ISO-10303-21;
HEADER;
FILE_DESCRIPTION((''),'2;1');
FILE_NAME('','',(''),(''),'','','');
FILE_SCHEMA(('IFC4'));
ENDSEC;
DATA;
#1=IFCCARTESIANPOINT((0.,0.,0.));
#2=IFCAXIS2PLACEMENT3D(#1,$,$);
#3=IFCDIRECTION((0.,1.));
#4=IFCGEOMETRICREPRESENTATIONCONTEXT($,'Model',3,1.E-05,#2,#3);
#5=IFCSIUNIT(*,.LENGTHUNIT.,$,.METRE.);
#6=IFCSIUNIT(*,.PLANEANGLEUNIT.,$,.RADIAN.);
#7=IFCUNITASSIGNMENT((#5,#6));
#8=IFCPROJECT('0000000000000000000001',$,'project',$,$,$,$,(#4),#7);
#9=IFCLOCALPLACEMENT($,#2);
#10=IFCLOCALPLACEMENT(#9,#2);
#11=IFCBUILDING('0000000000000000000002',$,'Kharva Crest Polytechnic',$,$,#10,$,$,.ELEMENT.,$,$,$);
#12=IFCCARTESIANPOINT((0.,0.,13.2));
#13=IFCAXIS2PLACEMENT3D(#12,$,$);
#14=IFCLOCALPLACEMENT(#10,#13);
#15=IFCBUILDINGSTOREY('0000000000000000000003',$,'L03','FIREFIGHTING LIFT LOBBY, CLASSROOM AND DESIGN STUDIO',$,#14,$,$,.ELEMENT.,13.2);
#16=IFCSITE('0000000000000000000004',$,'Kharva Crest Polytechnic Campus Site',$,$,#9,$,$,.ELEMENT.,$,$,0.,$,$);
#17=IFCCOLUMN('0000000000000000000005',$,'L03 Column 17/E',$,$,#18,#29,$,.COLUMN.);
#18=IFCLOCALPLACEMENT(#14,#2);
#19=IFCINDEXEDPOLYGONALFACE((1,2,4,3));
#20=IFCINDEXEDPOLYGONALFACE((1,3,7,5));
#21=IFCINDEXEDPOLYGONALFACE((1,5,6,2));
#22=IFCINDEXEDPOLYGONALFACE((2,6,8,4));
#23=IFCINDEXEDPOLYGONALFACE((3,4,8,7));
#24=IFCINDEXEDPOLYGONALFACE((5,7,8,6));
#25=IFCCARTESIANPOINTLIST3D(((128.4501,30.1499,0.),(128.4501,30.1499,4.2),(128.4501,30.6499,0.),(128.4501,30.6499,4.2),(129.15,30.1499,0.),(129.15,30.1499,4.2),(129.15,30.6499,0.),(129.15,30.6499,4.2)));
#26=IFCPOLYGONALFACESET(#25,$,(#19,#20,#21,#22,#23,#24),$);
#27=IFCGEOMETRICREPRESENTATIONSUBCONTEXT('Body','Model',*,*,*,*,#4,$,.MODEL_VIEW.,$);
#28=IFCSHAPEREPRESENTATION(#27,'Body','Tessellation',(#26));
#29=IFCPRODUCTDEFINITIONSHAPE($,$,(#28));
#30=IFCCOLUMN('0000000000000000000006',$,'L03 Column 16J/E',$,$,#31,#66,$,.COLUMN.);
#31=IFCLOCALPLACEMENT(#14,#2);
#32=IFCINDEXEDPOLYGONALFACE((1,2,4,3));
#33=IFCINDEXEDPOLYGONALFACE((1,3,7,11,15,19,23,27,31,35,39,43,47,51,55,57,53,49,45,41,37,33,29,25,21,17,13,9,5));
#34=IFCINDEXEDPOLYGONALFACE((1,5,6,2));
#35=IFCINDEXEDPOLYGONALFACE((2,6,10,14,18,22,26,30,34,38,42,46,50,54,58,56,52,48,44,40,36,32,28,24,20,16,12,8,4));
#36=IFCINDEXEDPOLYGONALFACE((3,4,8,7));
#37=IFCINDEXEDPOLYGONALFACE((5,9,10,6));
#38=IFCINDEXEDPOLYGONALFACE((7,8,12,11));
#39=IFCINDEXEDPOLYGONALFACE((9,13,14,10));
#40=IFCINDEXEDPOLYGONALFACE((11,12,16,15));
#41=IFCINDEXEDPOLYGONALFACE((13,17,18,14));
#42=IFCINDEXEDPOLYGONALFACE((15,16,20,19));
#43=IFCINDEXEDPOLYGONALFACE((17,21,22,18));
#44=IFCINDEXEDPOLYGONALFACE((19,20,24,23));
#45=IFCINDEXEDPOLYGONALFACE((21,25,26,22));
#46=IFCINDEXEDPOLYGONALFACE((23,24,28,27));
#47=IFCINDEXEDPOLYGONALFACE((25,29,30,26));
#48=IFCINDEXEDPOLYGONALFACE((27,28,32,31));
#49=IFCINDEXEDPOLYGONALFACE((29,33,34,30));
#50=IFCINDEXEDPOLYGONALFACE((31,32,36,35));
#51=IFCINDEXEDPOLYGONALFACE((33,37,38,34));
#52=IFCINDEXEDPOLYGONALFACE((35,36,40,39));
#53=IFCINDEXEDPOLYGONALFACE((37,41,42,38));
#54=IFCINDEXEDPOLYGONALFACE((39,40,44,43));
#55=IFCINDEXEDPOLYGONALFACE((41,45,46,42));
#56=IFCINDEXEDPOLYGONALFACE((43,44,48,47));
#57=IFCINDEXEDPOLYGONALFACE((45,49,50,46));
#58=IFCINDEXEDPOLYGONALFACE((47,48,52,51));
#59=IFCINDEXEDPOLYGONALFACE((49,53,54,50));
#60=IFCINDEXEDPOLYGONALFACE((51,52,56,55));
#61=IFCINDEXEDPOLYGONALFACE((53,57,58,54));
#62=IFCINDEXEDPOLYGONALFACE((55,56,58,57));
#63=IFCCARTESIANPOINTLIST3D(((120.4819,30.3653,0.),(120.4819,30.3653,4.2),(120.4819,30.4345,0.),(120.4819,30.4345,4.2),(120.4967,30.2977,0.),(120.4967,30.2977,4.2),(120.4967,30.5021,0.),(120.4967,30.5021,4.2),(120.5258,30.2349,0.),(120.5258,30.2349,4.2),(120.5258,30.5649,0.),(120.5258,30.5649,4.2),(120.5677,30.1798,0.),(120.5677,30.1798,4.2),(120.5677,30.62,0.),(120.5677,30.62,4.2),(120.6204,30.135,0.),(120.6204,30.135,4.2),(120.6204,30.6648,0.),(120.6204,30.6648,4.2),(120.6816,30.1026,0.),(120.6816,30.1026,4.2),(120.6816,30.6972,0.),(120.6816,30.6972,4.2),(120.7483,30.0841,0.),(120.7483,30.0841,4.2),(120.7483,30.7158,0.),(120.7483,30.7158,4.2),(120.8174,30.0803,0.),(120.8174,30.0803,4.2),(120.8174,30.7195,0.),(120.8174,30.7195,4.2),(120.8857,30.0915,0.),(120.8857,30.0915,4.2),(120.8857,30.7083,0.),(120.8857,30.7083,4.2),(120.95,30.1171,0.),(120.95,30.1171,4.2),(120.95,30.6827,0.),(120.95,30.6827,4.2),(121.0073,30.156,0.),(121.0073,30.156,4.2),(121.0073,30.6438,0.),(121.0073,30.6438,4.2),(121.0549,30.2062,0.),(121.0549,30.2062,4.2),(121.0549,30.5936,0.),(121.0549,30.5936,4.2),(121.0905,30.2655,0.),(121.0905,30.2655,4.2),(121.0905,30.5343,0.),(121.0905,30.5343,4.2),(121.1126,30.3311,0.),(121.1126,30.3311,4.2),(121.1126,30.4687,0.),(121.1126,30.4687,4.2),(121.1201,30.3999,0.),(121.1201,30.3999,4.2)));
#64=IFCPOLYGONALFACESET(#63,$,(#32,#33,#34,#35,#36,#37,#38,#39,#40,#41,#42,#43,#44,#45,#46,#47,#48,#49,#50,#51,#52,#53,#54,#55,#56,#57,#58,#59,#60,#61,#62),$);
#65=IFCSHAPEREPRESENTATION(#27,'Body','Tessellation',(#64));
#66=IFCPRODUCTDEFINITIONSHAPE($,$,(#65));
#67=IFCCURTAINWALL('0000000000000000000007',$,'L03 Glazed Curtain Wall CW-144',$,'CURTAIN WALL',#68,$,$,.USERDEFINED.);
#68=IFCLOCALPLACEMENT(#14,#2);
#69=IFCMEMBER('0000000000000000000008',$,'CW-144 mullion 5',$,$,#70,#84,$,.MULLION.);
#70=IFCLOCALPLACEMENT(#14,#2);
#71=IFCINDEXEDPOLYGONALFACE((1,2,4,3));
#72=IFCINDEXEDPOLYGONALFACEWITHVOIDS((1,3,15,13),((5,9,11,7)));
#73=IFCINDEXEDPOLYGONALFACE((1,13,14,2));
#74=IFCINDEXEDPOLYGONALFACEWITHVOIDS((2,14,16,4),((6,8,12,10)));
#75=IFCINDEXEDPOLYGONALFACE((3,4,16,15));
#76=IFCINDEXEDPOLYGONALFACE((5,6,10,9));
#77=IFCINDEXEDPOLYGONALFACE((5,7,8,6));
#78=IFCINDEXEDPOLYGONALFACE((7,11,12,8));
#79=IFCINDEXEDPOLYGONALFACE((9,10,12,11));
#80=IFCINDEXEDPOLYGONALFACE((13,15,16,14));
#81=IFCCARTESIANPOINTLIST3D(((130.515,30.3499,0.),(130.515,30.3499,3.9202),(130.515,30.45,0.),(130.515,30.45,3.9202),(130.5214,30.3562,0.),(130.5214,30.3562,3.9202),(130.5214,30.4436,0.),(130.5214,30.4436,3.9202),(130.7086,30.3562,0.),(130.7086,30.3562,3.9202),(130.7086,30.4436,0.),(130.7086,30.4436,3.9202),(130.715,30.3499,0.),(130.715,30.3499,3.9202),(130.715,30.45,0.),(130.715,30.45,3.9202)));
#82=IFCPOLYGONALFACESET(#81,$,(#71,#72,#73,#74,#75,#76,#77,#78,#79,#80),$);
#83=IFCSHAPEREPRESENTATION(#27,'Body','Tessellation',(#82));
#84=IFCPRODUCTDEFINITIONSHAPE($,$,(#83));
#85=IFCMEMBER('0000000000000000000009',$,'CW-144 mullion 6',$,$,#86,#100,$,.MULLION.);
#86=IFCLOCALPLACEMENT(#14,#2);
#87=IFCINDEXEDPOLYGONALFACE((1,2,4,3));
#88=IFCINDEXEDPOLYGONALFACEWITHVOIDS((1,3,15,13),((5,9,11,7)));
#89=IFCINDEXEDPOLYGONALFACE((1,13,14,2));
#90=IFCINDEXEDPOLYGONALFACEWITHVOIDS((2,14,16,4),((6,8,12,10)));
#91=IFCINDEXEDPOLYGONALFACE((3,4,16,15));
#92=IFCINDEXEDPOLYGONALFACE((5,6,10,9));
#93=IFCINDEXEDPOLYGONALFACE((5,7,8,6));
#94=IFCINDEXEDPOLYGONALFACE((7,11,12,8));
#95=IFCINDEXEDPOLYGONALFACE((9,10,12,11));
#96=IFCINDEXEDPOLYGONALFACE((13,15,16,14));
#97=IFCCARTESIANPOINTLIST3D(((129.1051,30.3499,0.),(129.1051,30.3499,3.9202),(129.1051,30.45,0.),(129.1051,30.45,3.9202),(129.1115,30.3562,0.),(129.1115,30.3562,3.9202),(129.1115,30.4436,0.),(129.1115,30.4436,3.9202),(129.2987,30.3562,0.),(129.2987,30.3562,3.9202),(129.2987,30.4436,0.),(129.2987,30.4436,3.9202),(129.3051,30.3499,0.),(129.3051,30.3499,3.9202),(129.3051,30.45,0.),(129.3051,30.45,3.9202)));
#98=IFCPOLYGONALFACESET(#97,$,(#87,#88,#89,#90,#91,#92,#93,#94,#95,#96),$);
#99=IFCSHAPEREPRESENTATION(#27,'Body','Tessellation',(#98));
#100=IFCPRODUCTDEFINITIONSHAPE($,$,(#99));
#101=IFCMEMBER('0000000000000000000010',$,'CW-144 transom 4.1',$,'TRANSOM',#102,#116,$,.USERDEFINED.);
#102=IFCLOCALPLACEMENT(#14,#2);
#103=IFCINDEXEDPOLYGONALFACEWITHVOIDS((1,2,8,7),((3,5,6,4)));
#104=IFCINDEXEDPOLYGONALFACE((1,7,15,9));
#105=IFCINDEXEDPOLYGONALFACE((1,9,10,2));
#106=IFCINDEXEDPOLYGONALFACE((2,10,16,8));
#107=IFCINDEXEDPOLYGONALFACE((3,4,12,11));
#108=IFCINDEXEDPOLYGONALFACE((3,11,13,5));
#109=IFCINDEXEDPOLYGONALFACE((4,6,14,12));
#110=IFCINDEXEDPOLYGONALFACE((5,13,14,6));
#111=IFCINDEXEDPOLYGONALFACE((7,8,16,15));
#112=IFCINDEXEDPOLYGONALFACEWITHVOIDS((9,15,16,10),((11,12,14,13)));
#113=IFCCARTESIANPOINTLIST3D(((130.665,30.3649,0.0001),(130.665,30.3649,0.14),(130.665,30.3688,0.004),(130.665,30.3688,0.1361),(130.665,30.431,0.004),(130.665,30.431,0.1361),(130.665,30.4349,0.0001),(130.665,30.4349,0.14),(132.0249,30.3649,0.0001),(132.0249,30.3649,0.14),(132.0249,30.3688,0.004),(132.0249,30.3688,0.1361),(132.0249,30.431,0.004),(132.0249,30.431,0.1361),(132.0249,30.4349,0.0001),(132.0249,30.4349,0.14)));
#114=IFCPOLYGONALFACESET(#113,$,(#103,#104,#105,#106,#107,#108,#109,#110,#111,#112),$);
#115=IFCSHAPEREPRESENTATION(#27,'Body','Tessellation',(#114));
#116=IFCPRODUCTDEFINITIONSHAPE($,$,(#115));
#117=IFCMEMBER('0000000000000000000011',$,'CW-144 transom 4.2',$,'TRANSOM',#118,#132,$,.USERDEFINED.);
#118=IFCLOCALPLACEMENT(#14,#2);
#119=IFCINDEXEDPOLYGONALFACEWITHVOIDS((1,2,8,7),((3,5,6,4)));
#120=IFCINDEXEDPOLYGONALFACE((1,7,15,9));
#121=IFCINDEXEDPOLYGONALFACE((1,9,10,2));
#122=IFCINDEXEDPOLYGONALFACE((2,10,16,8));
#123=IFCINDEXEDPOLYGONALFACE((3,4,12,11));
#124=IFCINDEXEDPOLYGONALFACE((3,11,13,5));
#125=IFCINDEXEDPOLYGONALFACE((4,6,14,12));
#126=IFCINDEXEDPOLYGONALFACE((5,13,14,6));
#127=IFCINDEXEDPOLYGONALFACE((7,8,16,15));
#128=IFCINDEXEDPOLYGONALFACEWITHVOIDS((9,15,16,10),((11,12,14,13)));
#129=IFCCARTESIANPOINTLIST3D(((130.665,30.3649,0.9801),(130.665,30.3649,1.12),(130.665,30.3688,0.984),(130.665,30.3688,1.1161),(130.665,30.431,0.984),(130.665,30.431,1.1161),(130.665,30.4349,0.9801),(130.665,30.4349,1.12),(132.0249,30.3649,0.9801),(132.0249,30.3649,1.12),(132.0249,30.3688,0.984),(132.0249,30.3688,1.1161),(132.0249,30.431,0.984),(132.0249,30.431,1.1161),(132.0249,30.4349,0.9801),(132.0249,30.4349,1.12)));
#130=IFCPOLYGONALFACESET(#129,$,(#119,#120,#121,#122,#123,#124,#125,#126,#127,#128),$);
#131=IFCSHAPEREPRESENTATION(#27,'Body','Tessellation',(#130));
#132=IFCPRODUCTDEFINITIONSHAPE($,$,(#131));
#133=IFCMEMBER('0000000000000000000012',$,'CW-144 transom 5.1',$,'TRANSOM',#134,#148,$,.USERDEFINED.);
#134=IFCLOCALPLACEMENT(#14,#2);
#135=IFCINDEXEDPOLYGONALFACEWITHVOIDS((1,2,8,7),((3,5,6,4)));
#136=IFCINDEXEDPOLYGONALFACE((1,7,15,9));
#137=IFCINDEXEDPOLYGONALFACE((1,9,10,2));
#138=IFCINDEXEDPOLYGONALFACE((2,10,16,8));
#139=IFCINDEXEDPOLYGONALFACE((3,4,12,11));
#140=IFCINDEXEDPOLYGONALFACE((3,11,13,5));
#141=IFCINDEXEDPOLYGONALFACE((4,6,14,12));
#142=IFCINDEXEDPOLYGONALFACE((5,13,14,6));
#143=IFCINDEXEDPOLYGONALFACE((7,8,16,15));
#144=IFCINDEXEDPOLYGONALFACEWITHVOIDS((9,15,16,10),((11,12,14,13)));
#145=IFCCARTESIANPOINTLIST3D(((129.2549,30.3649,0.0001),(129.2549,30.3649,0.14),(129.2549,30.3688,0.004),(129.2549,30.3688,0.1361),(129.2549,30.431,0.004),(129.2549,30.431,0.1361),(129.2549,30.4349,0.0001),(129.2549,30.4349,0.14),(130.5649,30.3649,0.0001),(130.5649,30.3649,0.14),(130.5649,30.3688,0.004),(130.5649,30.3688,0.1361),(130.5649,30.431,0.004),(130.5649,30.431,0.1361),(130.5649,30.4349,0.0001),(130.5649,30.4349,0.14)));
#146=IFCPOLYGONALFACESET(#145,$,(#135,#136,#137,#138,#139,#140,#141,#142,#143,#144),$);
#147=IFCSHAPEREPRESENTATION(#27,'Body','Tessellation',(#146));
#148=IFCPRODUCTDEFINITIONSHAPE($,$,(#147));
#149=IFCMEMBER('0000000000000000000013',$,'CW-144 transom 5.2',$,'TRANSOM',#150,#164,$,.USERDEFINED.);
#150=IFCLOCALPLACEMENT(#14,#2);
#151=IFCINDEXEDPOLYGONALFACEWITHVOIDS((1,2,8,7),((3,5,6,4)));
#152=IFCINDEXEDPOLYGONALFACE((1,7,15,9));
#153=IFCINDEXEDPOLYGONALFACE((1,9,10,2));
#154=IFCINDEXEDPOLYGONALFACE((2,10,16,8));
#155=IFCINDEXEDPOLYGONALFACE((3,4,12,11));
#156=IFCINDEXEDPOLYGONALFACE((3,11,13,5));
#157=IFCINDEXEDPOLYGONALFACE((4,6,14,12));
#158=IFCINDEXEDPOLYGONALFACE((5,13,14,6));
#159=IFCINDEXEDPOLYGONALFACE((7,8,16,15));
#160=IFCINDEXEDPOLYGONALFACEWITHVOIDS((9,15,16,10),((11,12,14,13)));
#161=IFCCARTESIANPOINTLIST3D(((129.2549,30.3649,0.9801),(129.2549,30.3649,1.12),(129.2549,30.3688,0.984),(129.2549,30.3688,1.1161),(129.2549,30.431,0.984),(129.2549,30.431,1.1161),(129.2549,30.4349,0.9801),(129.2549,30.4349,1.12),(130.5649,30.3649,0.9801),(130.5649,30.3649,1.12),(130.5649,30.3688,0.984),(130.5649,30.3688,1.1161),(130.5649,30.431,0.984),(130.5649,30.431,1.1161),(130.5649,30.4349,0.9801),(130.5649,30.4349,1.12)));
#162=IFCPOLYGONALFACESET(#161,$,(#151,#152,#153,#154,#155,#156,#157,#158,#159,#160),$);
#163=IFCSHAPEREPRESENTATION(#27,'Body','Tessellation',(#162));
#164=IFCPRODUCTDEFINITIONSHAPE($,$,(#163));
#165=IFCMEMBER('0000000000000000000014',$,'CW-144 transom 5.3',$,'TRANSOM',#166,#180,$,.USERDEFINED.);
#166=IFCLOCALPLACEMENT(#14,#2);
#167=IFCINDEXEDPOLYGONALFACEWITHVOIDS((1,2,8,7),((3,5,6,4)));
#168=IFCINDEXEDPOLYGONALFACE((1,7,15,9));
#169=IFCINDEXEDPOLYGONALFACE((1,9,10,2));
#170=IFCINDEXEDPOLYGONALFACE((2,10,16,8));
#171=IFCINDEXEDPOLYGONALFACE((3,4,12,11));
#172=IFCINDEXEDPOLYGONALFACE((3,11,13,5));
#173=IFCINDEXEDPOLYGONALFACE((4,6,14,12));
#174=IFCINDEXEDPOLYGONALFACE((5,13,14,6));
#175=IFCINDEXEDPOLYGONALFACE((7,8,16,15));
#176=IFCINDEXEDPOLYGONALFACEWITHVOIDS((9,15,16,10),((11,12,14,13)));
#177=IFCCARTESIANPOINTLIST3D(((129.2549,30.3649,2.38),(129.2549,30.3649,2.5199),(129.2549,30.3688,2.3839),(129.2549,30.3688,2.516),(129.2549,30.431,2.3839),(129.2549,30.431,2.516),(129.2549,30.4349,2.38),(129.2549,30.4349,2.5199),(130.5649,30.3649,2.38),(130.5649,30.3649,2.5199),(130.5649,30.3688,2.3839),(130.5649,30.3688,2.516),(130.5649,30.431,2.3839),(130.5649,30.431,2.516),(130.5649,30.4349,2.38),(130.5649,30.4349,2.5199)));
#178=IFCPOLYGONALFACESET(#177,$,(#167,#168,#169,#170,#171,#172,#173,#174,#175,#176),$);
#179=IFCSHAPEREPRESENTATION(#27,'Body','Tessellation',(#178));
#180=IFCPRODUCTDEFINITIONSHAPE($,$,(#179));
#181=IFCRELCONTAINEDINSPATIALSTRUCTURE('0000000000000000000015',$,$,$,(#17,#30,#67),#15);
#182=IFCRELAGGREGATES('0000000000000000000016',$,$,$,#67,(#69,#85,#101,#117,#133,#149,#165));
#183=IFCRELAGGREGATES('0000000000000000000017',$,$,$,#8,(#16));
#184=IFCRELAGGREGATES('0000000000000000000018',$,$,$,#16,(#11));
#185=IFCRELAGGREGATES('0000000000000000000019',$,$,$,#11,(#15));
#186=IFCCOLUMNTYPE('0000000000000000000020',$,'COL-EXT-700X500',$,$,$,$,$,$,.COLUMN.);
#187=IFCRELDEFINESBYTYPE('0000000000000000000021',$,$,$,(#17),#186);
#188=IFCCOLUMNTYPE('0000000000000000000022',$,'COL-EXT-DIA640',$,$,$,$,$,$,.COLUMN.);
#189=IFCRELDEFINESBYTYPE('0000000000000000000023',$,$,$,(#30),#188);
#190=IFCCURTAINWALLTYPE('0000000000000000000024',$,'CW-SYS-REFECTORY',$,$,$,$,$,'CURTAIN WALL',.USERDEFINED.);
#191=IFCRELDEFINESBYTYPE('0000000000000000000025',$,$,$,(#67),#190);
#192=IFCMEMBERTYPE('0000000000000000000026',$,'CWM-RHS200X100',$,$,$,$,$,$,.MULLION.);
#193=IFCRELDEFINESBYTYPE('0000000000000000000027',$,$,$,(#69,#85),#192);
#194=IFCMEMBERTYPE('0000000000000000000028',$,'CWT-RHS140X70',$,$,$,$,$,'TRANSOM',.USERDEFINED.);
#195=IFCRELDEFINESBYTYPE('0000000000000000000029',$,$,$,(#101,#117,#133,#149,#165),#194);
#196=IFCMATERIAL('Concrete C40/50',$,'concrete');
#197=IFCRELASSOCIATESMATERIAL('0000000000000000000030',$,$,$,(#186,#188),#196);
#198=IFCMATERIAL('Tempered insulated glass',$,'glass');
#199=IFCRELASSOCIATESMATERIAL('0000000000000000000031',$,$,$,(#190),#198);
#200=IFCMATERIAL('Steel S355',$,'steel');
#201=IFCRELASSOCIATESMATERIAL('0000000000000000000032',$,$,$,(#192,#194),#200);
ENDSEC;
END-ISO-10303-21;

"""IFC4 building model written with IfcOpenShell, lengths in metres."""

from ifc_helpers import new_model, si_unit, direction, frame, origin, origin_2d, place, context, subcontext, project, spatial, rectangle, hollow_rectangle, circle, extrude, material, material_profile, profile_set, type_object, element, aggregate, save


model = new_model("IFC4")

# Units and contexts
model_context = context("Model", 3, precision=1e-05, world=origin(), true_north=direction((0.0, 1.0)))
body_context = subcontext(model_context, "Body", "Model", "MODEL_VIEW")
ifc_project = project(units=[si_unit("LENGTHUNIT", "METRE"), si_unit("PLANEANGLEUNIT", "RADIAN")], contexts=[model_context])

# Site, building, storey
site_placement = place(None, origin())
site = spatial("IfcSite", under=ifc_project, at=site_placement, Name="Kharva Crest Polytechnic Campus Site", CompositionType="ELEMENT", RefElevation=0.0)
building_placement = place(site_placement, origin())
building = spatial("IfcBuilding", under=site, at=building_placement, Name="Kharva Crest Polytechnic", CompositionType="ELEMENT")
storey_placement = place(building_placement, frame((0.0, 0.0, 13.2)))
storey = spatial("IfcBuildingStorey", under=building, at=storey_placement, Name="L03", Description="FIREFIGHTING LIFT LOBBY, CLASSROOM AND DESIGN STUDIO", CompositionType="ELEMENT", Elevation=13.2)

# Columns
ifc_material_1 = material(Name="Concrete C40/50", Category="concrete")
ifc_material_profile_1 = material_profile(ifc_material_1, rectangle(XDim=0.7, YDim=0.5, at=origin_2d()), Name="RECT 700 X 500")
ifc_profile_set_1 = profile_set([ifc_material_profile_1], Name="Concrete C40/50")
column_type_1 = type_object("IfcColumnType", Name="COL-EXT-700X500", PredefinedType="COLUMN", material=ifc_profile_set_1)
column_1_placement = place(storey_placement, frame((128.8, 30.3999, 0.0), z_axis=(0.0, 0.0, 1.0), x_axis=(1.0, 0.0, 0.0)))
element("IfcColumn", 1, at=column_1_placement, inside=storey, type_object=column_type_1, Name="L03 Column 17/E", PredefinedType="COLUMN", context=body_context, shape_type="SweptSolid", body=[
    extrude(rectangle(XDim=0.7, YDim=0.5, at=origin_2d()), origin(), (0.0, 0.0, 1.0), 4.2),
])
ifc_material_profile_2 = material_profile(ifc_material_1, circle(Radius=0.3201, at=origin_2d()), Name="DIA 640")
ifc_profile_set_2 = profile_set([ifc_material_profile_2], Name="Concrete C40/50")
column_type_2 = type_object("IfcColumnType", Name="COL-EXT-DIA640", PredefinedType="COLUMN", material=ifc_profile_set_2)
column_2_placement = place(storey_placement, frame((120.8, 30.3999, 0.0), z_axis=(0.0, 0.0, 1.0), x_axis=(1.0, 0.0, 0.0)))
element("IfcColumn", 2, at=column_2_placement, inside=storey, type_object=column_type_2, Name="L03 Column 16J/E", PredefinedType="COLUMN", context=body_context, shape_type="SweptSolid", body=[
    extrude(circle(Radius=0.3201, at=origin_2d()), origin(), (0.0, 0.0, 1.0), 4.2),
])

# Curtain wall, members
ifc_material_2 = material(Name="Tempered insulated glass", Category="glass")
curtain_wall_type = type_object("IfcCurtainWallType", Name="CW-SYS-REFECTORY", ElementType="CURTAIN WALL", PredefinedType="USERDEFINED", material=ifc_material_2)
curtain_wall_placement = place(storey_placement, origin())
curtain_wall = element("IfcCurtainWall", 3, at=curtain_wall_placement, inside=storey, type_object=curtain_wall_type, Name="L03 Glazed Curtain Wall CW-144", ObjectType="CURTAIN WALL", PredefinedType="USERDEFINED")
ifc_material_3 = material(Name="Steel S355", Category="steel")
ifc_material_profile_3 = material_profile(ifc_material_3, hollow_rectangle(XDim=0.1001, YDim=0.2, WallThickness=0.0063, at=origin_2d()), Name="RHS 200X100X6.3")
ifc_profile_set_3 = profile_set([ifc_material_profile_3], Name="Steel S355")
member_type_1 = type_object("IfcMemberType", Name="CWM-RHS200X100", PredefinedType="MULLION", material=ifc_profile_set_3)
member_1_placement = place(storey_placement, frame((130.615, 30.3999, 0.0), z_axis=(0.0, 0.0, 1.0), x_axis=(0.0, -1.0, 0.0)))
member_1 = element("IfcMember", 4, at=member_1_placement, type_object=member_type_1, Name="CW-144 mullion 5", PredefinedType="MULLION", context=body_context, shape_type="SweptSolid", body=[
    extrude(hollow_rectangle(XDim=0.1001, YDim=0.2, WallThickness=0.0063, at=origin_2d()), origin(), (0.0, 0.0, 1.0), 3.9202),
])
member_2_placement = place(storey_placement, frame((129.2051, 30.3999, 0.0), z_axis=(0.0, 0.0, 1.0), x_axis=(0.0, -1.0, 0.0)))
member_2 = element("IfcMember", 5, at=member_2_placement, type_object=member_type_1, Name="CW-144 mullion 6", PredefinedType="MULLION", context=body_context, shape_type="SweptSolid", body=[
    extrude(hollow_rectangle(XDim=0.1001, YDim=0.2, WallThickness=0.0063, at=origin_2d()), origin(), (0.0, 0.0, 1.0), 3.9202),
])
ifc_material_profile_4 = material_profile(ifc_material_3, hollow_rectangle(XDim=0.0701, YDim=0.1399, WallThickness=0.0039, at=origin_2d()), Name="RHS 140X70X4.0")
ifc_profile_set_4 = profile_set([ifc_material_profile_4], Name="Steel S355")
member_type_2 = type_object("IfcMemberType", Name="CWT-RHS140X70", ElementType="TRANSOM", PredefinedType="USERDEFINED", material=ifc_profile_set_4)
member_3_placement = place(storey_placement, frame((132.0249, 30.3999, 0.0701), z_axis=(-1.0, 0.0, 0.0), x_axis=(0.0, -1.0, 0.0)))
member_3 = element("IfcMember", 6, at=member_3_placement, type_object=member_type_2, Name="CW-144 transom 4.1", ObjectType="TRANSOM", PredefinedType="USERDEFINED", context=body_context, shape_type="SweptSolid", body=[
    extrude(hollow_rectangle(XDim=0.0701, YDim=0.1399, WallThickness=0.0039, at=origin_2d()), origin(), (0.0, 0.0, 1.0), 1.3599),
])
member_4_placement = place(storey_placement, frame((132.0249, 30.3999, 1.05), z_axis=(-1.0, 0.0, 0.0), x_axis=(0.0, -1.0, 0.0)))
member_4 = element("IfcMember", 7, at=member_4_placement, type_object=member_type_2, Name="CW-144 transom 4.2", ObjectType="TRANSOM", PredefinedType="USERDEFINED", context=body_context, shape_type="SweptSolid", body=[
    extrude(hollow_rectangle(XDim=0.0701, YDim=0.1399, WallThickness=0.0039, at=origin_2d()), origin(), (0.0, 0.0, 1.0), 1.3599),
])
member_5_placement = place(storey_placement, frame((130.5649, 30.3999, 0.0701), z_axis=(-1.0, 0.0, 0.0), x_axis=(0.0, -1.0, 0.0)))
member_5 = element("IfcMember", 8, at=member_5_placement, type_object=member_type_2, Name="CW-144 transom 5.1", ObjectType="TRANSOM", PredefinedType="USERDEFINED", context=body_context, shape_type="SweptSolid", body=[
    extrude(hollow_rectangle(XDim=0.0701, YDim=0.1399, WallThickness=0.0039, at=origin_2d()), origin(), (0.0, 0.0, 1.0), 1.3101),
])
member_6_placement = place(storey_placement, frame((130.5649, 30.3999, 1.05), z_axis=(-1.0, 0.0, 0.0), x_axis=(0.0, -1.0, 0.0)))
member_6 = element("IfcMember", 9, at=member_6_placement, type_object=member_type_2, Name="CW-144 transom 5.2", ObjectType="TRANSOM", PredefinedType="USERDEFINED", context=body_context, shape_type="SweptSolid", body=[
    extrude(hollow_rectangle(XDim=0.0701, YDim=0.1399, WallThickness=0.0039, at=origin_2d()), origin(), (0.0, 0.0, 1.0), 1.3101),
])
member_7_placement = place(storey_placement, frame((130.5649, 30.3999, 2.45), z_axis=(-1.0, 0.0, 0.0), x_axis=(0.0, -1.0, 0.0)))
member_7 = element("IfcMember", 10, at=member_7_placement, type_object=member_type_2, Name="CW-144 transom 5.3", ObjectType="TRANSOM", PredefinedType="USERDEFINED", context=body_context, shape_type="SweptSolid", body=[
    extrude(hollow_rectangle(XDim=0.0701, YDim=0.1399, WallThickness=0.0039, at=origin_2d()), origin(), (0.0, 0.0, 1.0), 1.3101),
])
aggregate(curtain_wall, [member_1, member_2, member_3, member_4, member_5, member_6, member_7])

save(model, "model.ifc")
